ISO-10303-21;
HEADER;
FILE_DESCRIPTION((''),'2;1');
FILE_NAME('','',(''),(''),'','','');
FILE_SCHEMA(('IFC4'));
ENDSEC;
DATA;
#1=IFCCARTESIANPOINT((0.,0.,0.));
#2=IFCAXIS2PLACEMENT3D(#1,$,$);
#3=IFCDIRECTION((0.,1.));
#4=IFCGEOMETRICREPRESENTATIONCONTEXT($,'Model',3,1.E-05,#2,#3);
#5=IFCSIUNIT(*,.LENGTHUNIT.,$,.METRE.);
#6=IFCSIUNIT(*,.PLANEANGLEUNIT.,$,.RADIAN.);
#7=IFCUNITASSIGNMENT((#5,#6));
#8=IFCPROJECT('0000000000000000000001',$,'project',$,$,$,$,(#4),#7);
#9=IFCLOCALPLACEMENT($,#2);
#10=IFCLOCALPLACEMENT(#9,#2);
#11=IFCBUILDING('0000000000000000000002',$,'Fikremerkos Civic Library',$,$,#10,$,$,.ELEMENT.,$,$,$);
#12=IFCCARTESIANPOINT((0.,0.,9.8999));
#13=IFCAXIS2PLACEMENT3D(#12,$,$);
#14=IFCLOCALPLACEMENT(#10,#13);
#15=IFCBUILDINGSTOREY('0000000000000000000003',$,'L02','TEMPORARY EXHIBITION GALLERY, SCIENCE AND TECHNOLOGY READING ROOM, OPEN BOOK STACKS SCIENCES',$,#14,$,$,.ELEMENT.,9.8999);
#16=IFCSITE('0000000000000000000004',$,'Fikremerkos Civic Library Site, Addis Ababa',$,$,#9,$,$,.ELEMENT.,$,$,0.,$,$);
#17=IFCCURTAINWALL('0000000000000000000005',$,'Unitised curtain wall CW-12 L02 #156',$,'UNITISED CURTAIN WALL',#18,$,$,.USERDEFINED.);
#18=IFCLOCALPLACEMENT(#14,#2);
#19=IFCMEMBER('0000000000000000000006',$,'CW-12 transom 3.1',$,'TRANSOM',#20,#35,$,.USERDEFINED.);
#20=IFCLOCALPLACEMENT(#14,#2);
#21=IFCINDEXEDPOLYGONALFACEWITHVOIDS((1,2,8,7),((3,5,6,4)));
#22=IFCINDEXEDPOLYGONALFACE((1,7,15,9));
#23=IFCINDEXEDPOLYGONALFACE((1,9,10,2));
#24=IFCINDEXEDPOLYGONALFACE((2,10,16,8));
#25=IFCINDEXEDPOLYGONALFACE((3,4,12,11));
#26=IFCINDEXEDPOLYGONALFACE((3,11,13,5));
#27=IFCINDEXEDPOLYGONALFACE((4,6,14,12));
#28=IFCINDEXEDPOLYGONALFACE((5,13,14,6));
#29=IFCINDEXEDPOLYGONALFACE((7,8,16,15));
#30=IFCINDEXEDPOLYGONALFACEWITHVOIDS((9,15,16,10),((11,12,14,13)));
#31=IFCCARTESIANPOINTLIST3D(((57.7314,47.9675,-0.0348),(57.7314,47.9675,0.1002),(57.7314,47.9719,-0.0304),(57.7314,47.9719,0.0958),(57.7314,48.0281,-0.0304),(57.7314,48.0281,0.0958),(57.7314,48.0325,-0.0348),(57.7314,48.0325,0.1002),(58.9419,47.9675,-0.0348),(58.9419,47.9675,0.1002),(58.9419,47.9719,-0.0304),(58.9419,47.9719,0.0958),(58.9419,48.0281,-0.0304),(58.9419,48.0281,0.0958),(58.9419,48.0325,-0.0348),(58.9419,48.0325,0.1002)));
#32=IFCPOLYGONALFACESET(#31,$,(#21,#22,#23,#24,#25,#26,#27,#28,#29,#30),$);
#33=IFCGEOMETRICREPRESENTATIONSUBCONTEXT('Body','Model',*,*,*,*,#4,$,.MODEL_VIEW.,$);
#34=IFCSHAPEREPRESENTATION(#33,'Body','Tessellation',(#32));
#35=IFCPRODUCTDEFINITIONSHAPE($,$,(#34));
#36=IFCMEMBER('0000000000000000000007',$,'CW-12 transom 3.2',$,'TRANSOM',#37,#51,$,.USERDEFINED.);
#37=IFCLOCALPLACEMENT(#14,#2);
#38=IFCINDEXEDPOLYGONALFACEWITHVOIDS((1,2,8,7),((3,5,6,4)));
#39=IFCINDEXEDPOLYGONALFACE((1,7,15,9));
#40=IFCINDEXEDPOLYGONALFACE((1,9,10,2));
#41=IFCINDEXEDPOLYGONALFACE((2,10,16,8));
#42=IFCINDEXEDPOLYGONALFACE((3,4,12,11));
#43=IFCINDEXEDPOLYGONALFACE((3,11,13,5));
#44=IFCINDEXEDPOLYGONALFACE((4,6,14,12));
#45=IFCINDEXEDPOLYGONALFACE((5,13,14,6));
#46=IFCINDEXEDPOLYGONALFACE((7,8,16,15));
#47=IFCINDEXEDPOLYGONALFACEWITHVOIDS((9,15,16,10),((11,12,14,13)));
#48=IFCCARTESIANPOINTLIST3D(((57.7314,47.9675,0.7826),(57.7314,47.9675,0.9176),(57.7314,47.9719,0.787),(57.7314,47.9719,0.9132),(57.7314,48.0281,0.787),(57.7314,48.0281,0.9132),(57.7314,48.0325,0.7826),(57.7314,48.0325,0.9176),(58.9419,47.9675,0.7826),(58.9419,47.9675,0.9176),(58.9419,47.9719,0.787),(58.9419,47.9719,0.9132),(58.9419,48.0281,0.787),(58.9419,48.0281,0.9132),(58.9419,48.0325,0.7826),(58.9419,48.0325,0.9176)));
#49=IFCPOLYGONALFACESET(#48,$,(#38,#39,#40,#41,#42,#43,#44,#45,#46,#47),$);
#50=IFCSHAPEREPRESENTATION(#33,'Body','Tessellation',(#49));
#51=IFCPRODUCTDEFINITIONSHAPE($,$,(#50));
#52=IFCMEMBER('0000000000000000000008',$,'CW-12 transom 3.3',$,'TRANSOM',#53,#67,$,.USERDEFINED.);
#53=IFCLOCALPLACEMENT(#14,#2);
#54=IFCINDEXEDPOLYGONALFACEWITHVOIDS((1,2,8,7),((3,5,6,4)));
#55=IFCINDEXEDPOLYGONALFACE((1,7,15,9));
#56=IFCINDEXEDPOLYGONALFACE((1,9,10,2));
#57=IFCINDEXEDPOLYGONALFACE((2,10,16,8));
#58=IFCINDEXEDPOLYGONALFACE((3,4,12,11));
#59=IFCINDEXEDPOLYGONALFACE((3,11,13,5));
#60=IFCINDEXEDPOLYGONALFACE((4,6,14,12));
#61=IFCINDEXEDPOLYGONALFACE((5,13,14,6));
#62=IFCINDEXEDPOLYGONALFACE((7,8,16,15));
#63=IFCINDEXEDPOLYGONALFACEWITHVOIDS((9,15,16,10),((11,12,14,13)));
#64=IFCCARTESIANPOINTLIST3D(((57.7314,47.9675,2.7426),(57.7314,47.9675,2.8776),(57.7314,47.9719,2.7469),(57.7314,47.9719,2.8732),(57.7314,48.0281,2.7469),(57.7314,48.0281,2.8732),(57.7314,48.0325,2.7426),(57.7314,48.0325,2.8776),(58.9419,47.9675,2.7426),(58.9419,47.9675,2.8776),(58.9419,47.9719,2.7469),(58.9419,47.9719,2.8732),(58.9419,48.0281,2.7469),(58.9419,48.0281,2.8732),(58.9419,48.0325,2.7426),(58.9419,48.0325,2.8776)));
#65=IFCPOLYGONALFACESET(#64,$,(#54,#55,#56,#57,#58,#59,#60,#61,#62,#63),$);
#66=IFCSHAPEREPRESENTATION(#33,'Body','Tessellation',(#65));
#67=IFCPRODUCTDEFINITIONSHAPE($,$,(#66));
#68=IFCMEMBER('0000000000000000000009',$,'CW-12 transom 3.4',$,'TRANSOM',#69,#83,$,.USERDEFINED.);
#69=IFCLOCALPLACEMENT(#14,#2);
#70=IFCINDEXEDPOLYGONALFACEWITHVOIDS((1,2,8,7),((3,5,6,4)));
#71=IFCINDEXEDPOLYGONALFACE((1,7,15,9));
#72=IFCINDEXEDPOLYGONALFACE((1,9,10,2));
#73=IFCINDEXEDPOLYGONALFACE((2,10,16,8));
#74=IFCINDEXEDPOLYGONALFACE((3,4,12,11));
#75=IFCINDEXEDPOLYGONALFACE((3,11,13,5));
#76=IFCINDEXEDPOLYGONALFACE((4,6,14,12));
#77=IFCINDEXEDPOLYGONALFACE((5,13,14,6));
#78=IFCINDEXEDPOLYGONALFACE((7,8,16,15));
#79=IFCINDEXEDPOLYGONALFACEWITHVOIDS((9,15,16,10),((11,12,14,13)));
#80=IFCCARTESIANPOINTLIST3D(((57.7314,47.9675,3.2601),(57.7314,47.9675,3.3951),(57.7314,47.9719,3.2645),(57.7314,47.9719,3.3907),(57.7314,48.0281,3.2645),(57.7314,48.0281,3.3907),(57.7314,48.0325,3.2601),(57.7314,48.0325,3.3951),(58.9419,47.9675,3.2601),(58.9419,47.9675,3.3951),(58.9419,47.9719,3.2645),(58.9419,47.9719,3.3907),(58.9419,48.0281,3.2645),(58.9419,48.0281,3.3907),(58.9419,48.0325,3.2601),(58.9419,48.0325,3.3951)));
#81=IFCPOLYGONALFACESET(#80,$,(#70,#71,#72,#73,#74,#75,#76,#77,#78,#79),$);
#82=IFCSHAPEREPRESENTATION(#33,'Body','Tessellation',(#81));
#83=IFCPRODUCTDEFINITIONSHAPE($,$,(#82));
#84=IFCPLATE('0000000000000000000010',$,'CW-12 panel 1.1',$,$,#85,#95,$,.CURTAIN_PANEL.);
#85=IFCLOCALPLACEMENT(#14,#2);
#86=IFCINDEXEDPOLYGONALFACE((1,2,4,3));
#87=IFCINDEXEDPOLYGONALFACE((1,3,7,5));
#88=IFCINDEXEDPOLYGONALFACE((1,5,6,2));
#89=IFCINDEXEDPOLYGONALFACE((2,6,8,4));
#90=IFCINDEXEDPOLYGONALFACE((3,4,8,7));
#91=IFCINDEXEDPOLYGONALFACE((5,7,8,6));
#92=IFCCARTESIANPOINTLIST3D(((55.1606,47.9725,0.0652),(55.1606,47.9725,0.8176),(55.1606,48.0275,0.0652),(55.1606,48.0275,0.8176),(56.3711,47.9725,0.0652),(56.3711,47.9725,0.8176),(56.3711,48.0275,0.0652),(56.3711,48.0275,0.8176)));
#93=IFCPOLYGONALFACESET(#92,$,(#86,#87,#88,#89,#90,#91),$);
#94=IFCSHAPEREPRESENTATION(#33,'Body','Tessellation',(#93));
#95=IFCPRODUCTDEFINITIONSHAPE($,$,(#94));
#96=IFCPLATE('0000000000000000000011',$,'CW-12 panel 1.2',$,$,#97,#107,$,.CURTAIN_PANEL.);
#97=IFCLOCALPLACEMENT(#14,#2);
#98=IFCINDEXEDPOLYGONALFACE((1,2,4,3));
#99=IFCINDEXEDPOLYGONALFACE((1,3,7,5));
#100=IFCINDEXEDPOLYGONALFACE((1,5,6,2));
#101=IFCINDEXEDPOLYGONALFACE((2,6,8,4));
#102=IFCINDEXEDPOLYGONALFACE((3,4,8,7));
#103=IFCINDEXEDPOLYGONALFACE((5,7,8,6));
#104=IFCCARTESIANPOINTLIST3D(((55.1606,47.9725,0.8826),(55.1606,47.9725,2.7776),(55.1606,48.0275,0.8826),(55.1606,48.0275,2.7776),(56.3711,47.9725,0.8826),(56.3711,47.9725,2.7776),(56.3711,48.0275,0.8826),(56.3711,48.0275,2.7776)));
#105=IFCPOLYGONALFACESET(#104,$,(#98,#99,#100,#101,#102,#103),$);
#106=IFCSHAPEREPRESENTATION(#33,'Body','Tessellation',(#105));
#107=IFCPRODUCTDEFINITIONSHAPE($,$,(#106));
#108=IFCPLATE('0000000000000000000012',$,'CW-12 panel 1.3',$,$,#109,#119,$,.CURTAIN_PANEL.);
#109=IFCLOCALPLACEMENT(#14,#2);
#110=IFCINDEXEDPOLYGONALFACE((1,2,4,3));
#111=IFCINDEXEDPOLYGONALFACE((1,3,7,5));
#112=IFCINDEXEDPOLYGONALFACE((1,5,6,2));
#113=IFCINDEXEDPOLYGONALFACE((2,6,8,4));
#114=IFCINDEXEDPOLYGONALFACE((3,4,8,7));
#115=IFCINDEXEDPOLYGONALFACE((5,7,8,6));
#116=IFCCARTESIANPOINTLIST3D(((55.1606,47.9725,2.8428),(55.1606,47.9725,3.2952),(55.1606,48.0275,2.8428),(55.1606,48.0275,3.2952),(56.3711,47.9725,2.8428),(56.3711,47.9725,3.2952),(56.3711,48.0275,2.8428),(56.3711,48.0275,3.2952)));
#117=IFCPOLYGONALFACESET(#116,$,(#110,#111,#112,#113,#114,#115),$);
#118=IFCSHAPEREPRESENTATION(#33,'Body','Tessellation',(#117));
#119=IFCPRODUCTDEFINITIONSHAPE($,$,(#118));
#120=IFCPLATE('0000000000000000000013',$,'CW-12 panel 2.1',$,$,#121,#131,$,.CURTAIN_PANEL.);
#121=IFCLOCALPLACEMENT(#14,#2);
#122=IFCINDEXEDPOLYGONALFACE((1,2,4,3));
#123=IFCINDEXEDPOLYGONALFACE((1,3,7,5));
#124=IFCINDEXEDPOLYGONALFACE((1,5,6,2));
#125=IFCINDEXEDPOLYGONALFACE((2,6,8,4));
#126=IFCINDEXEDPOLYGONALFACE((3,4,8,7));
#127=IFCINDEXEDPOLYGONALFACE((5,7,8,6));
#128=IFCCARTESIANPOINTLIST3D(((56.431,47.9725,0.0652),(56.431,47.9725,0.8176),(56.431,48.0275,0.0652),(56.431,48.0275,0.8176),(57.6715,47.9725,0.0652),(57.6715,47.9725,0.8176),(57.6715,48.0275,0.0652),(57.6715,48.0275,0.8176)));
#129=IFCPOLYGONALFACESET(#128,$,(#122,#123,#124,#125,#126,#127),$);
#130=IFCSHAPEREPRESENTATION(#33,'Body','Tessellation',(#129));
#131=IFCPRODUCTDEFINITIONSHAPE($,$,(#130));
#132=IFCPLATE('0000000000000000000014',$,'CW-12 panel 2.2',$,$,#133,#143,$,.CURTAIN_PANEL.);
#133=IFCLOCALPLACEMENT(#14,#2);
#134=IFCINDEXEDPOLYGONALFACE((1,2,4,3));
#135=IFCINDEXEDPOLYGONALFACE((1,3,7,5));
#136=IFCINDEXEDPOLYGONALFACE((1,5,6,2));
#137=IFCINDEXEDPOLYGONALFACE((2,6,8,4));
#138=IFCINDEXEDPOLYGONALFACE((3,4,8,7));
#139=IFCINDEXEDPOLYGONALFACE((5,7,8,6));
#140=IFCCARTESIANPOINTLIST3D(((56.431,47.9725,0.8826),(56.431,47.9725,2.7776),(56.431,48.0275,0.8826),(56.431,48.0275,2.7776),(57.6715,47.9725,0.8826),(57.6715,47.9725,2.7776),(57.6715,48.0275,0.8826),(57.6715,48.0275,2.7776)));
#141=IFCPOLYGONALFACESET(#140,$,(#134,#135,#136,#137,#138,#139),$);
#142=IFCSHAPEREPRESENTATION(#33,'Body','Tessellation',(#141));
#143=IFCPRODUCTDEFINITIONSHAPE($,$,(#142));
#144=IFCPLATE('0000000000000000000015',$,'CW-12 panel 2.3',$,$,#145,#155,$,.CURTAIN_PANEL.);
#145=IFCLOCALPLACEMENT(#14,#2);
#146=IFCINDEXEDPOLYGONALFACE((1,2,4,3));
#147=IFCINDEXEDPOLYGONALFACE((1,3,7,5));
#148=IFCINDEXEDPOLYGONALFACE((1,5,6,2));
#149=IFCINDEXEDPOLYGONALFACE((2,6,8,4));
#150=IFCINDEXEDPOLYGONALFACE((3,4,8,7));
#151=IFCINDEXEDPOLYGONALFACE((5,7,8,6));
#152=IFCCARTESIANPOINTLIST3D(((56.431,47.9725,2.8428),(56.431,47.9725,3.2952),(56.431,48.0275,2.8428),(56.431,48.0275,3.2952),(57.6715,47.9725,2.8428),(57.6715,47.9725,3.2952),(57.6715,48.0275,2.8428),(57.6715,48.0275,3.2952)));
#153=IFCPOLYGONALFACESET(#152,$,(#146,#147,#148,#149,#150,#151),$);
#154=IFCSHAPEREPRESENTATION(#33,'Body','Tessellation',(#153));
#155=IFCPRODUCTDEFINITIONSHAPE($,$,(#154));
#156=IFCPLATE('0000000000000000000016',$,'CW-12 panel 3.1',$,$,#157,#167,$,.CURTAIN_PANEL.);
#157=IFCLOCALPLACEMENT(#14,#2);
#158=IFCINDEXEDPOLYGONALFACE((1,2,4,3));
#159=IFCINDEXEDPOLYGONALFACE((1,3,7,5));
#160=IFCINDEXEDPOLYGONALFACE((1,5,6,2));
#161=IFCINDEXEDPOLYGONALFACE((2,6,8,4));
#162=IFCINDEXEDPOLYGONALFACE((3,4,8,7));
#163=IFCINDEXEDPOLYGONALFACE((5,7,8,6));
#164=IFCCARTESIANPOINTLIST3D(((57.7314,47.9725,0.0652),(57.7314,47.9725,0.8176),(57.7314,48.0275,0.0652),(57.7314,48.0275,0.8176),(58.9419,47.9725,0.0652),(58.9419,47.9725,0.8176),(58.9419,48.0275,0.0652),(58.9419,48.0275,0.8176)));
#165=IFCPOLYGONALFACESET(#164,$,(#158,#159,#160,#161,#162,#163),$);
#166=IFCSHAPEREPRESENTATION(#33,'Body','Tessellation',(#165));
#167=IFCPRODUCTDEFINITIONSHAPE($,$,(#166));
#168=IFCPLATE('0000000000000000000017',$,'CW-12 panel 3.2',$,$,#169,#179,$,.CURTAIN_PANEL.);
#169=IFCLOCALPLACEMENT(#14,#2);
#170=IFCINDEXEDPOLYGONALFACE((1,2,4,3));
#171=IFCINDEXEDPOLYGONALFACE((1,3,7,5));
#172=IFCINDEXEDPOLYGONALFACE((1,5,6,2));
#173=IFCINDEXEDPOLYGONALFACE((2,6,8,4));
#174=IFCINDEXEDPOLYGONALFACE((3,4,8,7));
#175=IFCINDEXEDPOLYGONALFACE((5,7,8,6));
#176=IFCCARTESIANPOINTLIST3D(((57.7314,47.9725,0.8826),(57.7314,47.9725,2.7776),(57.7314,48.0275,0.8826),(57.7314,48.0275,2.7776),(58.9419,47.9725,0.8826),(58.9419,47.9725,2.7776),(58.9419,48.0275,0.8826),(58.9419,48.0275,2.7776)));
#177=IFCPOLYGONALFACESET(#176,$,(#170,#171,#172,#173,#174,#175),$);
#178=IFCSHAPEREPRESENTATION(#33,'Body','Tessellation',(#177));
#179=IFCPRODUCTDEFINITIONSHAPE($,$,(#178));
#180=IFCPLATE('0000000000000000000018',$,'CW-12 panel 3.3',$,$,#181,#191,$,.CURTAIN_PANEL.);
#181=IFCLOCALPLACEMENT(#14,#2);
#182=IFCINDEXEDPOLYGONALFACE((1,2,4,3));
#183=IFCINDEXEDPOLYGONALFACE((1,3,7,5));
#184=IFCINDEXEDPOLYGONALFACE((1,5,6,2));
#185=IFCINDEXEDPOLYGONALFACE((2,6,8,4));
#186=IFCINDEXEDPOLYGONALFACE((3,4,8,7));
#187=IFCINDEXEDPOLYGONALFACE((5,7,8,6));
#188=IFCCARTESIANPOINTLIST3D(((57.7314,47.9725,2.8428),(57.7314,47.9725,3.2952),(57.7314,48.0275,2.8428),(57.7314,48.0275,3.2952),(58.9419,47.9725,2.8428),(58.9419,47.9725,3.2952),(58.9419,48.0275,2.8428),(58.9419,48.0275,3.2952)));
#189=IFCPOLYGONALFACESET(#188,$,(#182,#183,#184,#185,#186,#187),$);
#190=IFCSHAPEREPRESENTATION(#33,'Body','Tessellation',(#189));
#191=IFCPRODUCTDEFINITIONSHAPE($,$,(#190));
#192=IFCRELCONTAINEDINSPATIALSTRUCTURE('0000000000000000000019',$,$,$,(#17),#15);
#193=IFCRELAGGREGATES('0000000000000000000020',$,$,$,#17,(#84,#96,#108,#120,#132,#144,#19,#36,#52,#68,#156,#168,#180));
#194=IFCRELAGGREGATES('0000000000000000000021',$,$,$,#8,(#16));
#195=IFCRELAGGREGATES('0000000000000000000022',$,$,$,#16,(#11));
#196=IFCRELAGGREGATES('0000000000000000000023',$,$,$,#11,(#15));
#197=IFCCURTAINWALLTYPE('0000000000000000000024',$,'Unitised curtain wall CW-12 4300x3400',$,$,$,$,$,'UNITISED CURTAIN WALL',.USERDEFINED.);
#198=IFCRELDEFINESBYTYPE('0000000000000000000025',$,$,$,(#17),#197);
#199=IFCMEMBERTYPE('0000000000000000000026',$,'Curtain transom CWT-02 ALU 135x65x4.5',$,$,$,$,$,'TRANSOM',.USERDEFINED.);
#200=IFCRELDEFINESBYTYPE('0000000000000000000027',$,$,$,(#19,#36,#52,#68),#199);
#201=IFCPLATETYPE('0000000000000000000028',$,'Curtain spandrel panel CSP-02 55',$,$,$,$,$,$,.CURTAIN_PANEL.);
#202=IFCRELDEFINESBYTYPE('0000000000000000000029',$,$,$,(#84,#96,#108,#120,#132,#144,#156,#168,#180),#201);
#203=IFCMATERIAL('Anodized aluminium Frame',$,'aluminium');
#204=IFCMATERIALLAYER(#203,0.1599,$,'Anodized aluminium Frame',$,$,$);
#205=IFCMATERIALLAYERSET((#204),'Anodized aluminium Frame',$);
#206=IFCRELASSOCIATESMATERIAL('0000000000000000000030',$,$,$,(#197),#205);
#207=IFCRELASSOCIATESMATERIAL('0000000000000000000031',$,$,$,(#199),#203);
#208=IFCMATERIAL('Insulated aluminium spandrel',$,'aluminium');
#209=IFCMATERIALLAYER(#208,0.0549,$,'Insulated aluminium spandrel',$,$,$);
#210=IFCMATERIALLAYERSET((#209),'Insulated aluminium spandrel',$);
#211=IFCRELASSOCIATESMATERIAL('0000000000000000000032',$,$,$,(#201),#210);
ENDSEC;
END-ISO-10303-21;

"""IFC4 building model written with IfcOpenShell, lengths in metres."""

from ifc_helpers import new_model, si_unit, direction, frame, origin, origin_2d, place, context, subcontext, project, spatial, rectangle, hollow_rectangle, extrude, material, layer, layer_set, material_profile, profile_set, type_object, element, aggregate, save


model = new_model("IFC4")

# Units and contexts
model_context = context("Model", 3, precision=1e-05, world=origin(), true_north=direction((0.0, 1.0)))
body_context = subcontext(model_context, "Body", "Model", "MODEL_VIEW")
ifc_project = project(units=[si_unit("LENGTHUNIT", "METRE"), si_unit("PLANEANGLEUNIT", "RADIAN")], contexts=[model_context])

# Site, building, storey
site_placement = place(None, origin())
site = spatial("IfcSite", under=ifc_project, at=site_placement, Name="Fikremerkos Civic Library Site, Addis Ababa", CompositionType="ELEMENT", RefElevation=0.0)
building_placement = place(site_placement, origin())
building = spatial("IfcBuilding", under=site, at=building_placement, Name="Fikremerkos Civic Library", CompositionType="ELEMENT")
storey_placement = place(building_placement, frame((0.0, 0.0, 9.8999)))
storey = spatial("IfcBuildingStorey", under=building, at=storey_placement, Name="L02", Description="TEMPORARY EXHIBITION GALLERY, SCIENCE AND TECHNOLOGY READING ROOM, OPEN BOOK STACKS SCIENCES", CompositionType="ELEMENT", Elevation=9.8999)

# Curtain wall, members, plates
ifc_material_1 = material(Name="Anodized aluminium Frame", Category="aluminium")
ifc_layer_1 = layer(ifc_material_1, 0.1599, Name="Anodized aluminium Frame")
ifc_layer_set_1 = layer_set([ifc_layer_1], Name="Anodized aluminium Frame")
curtain_wall_type = type_object("IfcCurtainWallType", Name="Unitised curtain wall CW-12 4300x3400", ElementType="UNITISED CURTAIN WALL", PredefinedType="USERDEFINED", material=ifc_layer_set_1)
curtain_wall_placement = place(storey_placement, origin())
curtain_wall = element("IfcCurtainWall", 1, at=curtain_wall_placement, inside=storey, type_object=curtain_wall_type, Name="Unitised curtain wall CW-12 L02 #156", ObjectType="UNITISED CURTAIN WALL", PredefinedType="USERDEFINED")
ifc_material_profile_1 = material_profile(ifc_material_1, hollow_rectangle(XDim=0.0649, YDim=0.135, WallThickness=0.0044, at=origin_2d()), Name="ALU 135x65x4.5")
ifc_profile_set_1 = profile_set([ifc_material_profile_1], Name="Anodized aluminium Frame")
member_type_1 = type_object("IfcMemberType", Name="Curtain transom CWT-02 ALU 135x65x4.5", ElementType="TRANSOM", PredefinedType="USERDEFINED", material=ifc_profile_set_1)
member_1_placement = place(storey_placement, frame((57.7314, 48.0, 0.0327), z_axis=(1.0, 0.0, 0.0), x_axis=(0.0, 1.0, 0.0)))
member_1 = element("IfcMember", 2, at=member_1_placement, type_object=member_type_1, Name="CW-12 transom 3.1", ObjectType="TRANSOM", PredefinedType="USERDEFINED", context=body_context, shape_type="SweptSolid", body=[
    extrude(hollow_rectangle(XDim=0.0649, YDim=0.135, WallThickness=0.0044, at=origin_2d()), origin(), (0.0, 0.0, 1.0), 1.2104),
])
member_2_placement = place(storey_placement, frame((57.7314, 48.0, 0.8501), z_axis=(1.0, 0.0, 0.0), x_axis=(0.0, 1.0, 0.0)))
member_2 = element("IfcMember", 3, at=member_2_placement, type_object=member_type_1, Name="CW-12 transom 3.2", ObjectType="TRANSOM", PredefinedType="USERDEFINED", context=body_context, shape_type="SweptSolid", body=[
    extrude(hollow_rectangle(XDim=0.0649, YDim=0.135, WallThickness=0.0044, at=origin_2d()), origin(), (0.0, 0.0, 1.0), 1.2104),
])
member_3_placement = place(storey_placement, frame((57.7314, 48.0, 2.8101), z_axis=(1.0, 0.0, 0.0), x_axis=(0.0, 1.0, 0.0)))
member_3 = element("IfcMember", 4, at=member_3_placement, type_object=member_type_1, Name="CW-12 transom 3.3", ObjectType="TRANSOM", PredefinedType="USERDEFINED", context=body_context, shape_type="SweptSolid", body=[
    extrude(hollow_rectangle(XDim=0.0649, YDim=0.135, WallThickness=0.0044, at=origin_2d()), origin(), (0.0, 0.0, 1.0), 1.2104),
])
member_4_placement = place(storey_placement, frame((57.7314, 48.0, 3.3276), z_axis=(1.0, 0.0, 0.0), x_axis=(0.0, 1.0, 0.0)))
member_4 = element("IfcMember", 5, at=member_4_placement, type_object=member_type_1, Name="CW-12 transom 3.4", ObjectType="TRANSOM", PredefinedType="USERDEFINED", context=body_context, shape_type="SweptSolid", body=[
    extrude(hollow_rectangle(XDim=0.0649, YDim=0.135, WallThickness=0.0044, at=origin_2d()), origin(), (0.0, 0.0, 1.0), 1.2104),
])
ifc_material_2 = material(Name="Insulated aluminium spandrel", Category="aluminium")
ifc_layer_2 = layer(ifc_material_2, 0.0549, Name="Insulated aluminium spandrel")
ifc_layer_set_2 = layer_set([ifc_layer_2], Name="Insulated aluminium spandrel")
plate_type = type_object("IfcPlateType", Name="Curtain spandrel panel CSP-02 55", PredefinedType="CURTAIN_PANEL", material=ifc_layer_set_2)
plate_1_placement = place(storey_placement, frame((55.7659, 48.0, 0.0652), z_axis=(0.0, 0.0, 1.0), x_axis=(1.0, 0.0, 0.0)))
plate_1 = element("IfcPlate", 6, at=plate_1_placement, type_object=plate_type, Name="CW-12 panel 1.1", PredefinedType="CURTAIN_PANEL", context=body_context, shape_type="SweptSolid", body=[
    extrude(rectangle(XDim=1.2104, YDim=0.0549, at=origin_2d()), origin(), (0.0, 0.0, 1.0), 0.7524),
])
plate_2_placement = place(storey_placement, frame((55.7659, 48.0, 0.8826), z_axis=(0.0, 0.0, 1.0), x_axis=(1.0, 0.0, 0.0)))
plate_2 = element("IfcPlate", 7, at=plate_2_placement, type_object=plate_type, Name="CW-12 panel 1.2", PredefinedType="CURTAIN_PANEL", context=body_context, shape_type="SweptSolid", body=[
    extrude(rectangle(XDim=1.2104, YDim=0.0549, at=origin_2d()), origin(), (0.0, 0.0, 1.0), 1.895),
])
plate_3_placement = place(storey_placement, frame((55.7659, 48.0, 2.8428), z_axis=(0.0, 0.0, 1.0), x_axis=(1.0, 0.0, 0.0)))
plate_3 = element("IfcPlate", 8, at=plate_3_placement, type_object=plate_type, Name="CW-12 panel 1.3", PredefinedType="CURTAIN_PANEL", context=body_context, shape_type="SweptSolid", body=[
    extrude(rectangle(XDim=1.2104, YDim=0.0549, at=origin_2d()), origin(), (0.0, 0.0, 1.0), 0.4524),
])
plate_4_placement = place(storey_placement, frame((57.0513, 48.0, 0.0652), z_axis=(0.0, 0.0, 1.0), x_axis=(1.0, 0.0, 0.0)))
plate_4 = element("IfcPlate", 9, at=plate_4_placement, type_object=plate_type, Name="CW-12 panel 2.1", PredefinedType="CURTAIN_PANEL", context=body_context, shape_type="SweptSolid", body=[
    extrude(rectangle(XDim=1.2405, YDim=0.0549, at=origin_2d()), origin(), (0.0, 0.0, 1.0), 0.7524),
])
plate_5_placement = place(storey_placement, frame((57.0513, 48.0, 0.8826), z_axis=(0.0, 0.0, 1.0), x_axis=(1.0, 0.0, 0.0)))
plate_5 = element("IfcPlate", 10, at=plate_5_placement, type_object=plate_type, Name="CW-12 panel 2.2", PredefinedType="CURTAIN_PANEL", context=body_context, shape_type="SweptSolid", body=[
    extrude(rectangle(XDim=1.2405, YDim=0.0549, at=origin_2d()), origin(), (0.0, 0.0, 1.0), 1.895),
])
plate_6_placement = place(storey_placement, frame((57.0513, 48.0, 2.8428), z_axis=(0.0, 0.0, 1.0), x_axis=(1.0, 0.0, 0.0)))
plate_6 = element("IfcPlate", 11, at=plate_6_placement, type_object=plate_type, Name="CW-12 panel 2.3", PredefinedType="CURTAIN_PANEL", context=body_context, shape_type="SweptSolid", body=[
    extrude(rectangle(XDim=1.2405, YDim=0.0549, at=origin_2d()), origin(), (0.0, 0.0, 1.0), 0.4524),
])
plate_7_placement = place(storey_placement, frame((58.3367, 48.0, 0.0652), z_axis=(0.0, 0.0, 1.0), x_axis=(1.0, 0.0, 0.0)))
plate_7 = element("IfcPlate", 12, at=plate_7_placement, type_object=plate_type, Name="CW-12 panel 3.1", PredefinedType="CURTAIN_PANEL", context=body_context, shape_type="SweptSolid", body=[
    extrude(rectangle(XDim=1.2104, YDim=0.0549, at=origin_2d()), origin(), (0.0, 0.0, 1.0), 0.7524),
])
plate_8_placement = place(storey_placement, frame((58.3367, 48.0, 0.8826), z_axis=(0.0, 0.0, 1.0), x_axis=(1.0, 0.0, 0.0)))
plate_8 = element("IfcPlate", 13, at=plate_8_placement, type_object=plate_type, Name="CW-12 panel 3.2", PredefinedType="CURTAIN_PANEL", context=body_context, shape_type="SweptSolid", body=[
    extrude(rectangle(XDim=1.2104, YDim=0.0549, at=origin_2d()), origin(), (0.0, 0.0, 1.0), 1.895),
])
plate_9_placement = place(storey_placement, frame((58.3367, 48.0, 2.8428), z_axis=(0.0, 0.0, 1.0), x_axis=(1.0, 0.0, 0.0)))
plate_9 = element("IfcPlate", 14, at=plate_9_placement, type_object=plate_type, Name="CW-12 panel 3.3", PredefinedType="CURTAIN_PANEL", context=body_context, shape_type="SweptSolid", body=[
    extrude(rectangle(XDim=1.2104, YDim=0.0549, at=origin_2d()), origin(), (0.0, 0.0, 1.0), 0.4524),
])
aggregate(curtain_wall, [plate_1, plate_2, plate_3, plate_4, plate_5, plate_6, member_1, member_2, member_3, member_4, plate_7, plate_8, plate_9])

save(model, "model.ifc")
